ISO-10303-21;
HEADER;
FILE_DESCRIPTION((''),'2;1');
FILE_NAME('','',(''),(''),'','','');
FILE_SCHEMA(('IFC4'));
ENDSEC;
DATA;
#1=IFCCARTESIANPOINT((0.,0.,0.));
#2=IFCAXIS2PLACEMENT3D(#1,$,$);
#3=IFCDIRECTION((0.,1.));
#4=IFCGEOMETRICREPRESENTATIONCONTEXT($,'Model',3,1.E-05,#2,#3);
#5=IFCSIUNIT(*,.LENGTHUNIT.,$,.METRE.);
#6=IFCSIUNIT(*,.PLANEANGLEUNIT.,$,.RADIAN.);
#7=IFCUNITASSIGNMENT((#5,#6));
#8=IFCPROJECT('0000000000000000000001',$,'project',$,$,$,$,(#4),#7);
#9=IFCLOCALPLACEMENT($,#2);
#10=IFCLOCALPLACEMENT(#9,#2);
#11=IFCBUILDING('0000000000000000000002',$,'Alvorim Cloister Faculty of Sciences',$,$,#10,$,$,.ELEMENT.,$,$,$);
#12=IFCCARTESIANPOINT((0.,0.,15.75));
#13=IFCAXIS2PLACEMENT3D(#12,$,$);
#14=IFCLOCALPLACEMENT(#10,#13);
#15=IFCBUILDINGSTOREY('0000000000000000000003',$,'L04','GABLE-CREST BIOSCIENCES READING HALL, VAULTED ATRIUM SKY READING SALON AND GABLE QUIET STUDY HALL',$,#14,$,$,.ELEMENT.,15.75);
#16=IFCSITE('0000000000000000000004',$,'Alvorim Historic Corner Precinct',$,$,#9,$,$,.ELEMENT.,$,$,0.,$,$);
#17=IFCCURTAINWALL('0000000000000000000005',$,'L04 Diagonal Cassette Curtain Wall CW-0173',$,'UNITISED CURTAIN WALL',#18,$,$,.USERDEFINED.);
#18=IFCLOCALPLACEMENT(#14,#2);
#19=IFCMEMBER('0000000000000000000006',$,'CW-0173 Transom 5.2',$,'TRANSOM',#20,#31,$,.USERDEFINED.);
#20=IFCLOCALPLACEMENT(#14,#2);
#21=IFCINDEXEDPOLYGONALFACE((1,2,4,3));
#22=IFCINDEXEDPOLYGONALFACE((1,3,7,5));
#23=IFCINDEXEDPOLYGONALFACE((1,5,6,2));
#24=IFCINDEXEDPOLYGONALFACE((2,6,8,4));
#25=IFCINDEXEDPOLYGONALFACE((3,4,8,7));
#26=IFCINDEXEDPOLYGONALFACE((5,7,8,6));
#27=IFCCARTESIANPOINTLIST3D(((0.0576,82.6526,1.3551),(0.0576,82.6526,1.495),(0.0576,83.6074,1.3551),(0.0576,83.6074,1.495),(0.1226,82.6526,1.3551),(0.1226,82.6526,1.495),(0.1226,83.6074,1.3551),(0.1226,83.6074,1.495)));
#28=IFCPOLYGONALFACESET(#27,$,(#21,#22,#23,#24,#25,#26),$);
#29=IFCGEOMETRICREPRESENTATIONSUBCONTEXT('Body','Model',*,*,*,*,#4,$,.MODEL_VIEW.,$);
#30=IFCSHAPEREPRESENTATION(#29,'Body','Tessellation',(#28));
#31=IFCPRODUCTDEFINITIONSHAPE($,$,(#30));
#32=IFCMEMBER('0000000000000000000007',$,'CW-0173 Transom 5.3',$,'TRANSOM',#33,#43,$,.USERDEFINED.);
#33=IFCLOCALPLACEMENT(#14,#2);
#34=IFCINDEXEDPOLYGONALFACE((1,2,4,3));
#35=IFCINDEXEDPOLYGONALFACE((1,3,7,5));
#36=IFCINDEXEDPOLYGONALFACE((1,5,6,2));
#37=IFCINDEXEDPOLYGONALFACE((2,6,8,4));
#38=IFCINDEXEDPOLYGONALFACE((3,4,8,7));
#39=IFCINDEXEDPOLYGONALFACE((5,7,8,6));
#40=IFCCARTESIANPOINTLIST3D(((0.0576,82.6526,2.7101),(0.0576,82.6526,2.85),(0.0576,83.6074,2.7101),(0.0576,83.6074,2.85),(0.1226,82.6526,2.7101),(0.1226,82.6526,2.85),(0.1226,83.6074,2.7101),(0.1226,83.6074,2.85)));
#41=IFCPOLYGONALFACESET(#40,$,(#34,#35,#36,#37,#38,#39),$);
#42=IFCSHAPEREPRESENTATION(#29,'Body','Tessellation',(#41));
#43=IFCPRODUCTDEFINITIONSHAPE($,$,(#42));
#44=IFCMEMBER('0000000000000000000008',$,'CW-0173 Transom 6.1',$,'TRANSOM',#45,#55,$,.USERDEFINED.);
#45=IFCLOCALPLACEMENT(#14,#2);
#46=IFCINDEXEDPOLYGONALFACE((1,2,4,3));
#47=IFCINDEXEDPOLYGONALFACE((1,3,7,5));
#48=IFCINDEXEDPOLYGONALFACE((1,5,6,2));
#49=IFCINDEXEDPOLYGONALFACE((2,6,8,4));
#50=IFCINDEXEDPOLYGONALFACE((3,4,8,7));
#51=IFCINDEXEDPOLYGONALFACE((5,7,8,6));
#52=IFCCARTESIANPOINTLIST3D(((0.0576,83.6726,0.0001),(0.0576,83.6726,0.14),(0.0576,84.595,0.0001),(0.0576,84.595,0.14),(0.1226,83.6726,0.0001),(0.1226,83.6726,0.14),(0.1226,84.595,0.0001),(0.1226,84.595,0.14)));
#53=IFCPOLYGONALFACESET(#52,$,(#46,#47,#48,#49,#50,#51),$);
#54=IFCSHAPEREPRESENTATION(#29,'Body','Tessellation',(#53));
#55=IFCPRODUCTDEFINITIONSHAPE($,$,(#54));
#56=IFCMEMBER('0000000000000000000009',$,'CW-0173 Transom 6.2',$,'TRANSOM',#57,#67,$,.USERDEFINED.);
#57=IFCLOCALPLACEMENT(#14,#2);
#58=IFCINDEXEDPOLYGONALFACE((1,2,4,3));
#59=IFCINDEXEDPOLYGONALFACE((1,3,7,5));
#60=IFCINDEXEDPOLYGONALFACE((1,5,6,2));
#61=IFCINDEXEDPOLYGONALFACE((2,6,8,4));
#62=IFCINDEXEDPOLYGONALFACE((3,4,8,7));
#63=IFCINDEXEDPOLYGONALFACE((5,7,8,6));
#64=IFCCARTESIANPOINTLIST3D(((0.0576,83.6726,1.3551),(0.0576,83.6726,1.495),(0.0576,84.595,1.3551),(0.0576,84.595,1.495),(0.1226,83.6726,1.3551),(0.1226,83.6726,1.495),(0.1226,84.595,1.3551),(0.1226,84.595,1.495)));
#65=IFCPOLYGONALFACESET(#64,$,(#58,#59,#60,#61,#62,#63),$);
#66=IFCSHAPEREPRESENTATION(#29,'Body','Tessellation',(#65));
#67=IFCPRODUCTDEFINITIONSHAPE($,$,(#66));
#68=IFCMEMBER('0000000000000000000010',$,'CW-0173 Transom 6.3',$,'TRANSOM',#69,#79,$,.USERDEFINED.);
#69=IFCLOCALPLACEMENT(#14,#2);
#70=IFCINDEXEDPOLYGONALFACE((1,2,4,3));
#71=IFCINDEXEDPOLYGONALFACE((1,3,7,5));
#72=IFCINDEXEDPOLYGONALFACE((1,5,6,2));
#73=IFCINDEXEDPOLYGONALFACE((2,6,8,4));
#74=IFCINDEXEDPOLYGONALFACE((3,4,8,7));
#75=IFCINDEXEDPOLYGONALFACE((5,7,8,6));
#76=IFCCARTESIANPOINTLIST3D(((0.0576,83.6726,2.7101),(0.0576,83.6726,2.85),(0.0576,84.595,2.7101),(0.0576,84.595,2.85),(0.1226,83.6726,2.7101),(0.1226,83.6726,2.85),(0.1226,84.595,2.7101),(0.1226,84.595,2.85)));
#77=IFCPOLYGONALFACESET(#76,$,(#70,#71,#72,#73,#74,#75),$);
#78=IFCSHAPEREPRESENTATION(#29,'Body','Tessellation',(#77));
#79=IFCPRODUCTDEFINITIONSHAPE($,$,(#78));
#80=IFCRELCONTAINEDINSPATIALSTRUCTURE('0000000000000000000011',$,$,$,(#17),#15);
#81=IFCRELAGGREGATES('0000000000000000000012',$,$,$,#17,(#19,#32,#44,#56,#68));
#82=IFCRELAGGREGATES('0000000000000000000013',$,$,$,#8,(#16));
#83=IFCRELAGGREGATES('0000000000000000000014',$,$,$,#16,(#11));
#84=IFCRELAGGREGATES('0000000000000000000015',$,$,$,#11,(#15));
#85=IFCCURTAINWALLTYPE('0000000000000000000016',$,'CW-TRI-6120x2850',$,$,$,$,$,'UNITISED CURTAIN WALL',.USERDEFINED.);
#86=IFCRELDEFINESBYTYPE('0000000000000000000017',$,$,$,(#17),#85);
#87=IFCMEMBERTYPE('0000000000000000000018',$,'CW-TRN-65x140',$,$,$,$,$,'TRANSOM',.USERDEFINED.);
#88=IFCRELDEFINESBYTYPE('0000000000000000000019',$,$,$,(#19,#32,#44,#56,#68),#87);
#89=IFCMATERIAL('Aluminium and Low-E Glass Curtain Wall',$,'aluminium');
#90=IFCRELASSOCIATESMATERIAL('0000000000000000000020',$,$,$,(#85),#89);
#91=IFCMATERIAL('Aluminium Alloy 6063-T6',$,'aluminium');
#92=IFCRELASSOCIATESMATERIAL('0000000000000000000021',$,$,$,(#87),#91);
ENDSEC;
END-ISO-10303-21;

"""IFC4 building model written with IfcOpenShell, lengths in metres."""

from ifc_helpers import new_model, si_unit, direction, frame, origin, origin_2d, place, context, subcontext, project, spatial, rectangle, extrude, material, material_profile, profile_set, type_object, element, aggregate, save


model = new_model("IFC4")

# Units and contexts
model_context = context("Model", 3, precision=1e-05, world=origin(), true_north=direction((0.0, 1.0)))
body_context = subcontext(model_context, "Body", "Model", "MODEL_VIEW")
ifc_project = project(units=[si_unit("LENGTHUNIT", "METRE"), si_unit("PLANEANGLEUNIT", "RADIAN")], contexts=[model_context])

# Site, building, storey
site_placement = place(None, origin())
site = spatial("IfcSite", under=ifc_project, at=site_placement, Name="Alvorim Historic Corner Precinct", CompositionType="ELEMENT", RefElevation=0.0)
building_placement = place(site_placement, origin())
building = spatial("IfcBuilding", under=site, at=building_placement, Name="Alvorim Cloister Faculty of Sciences", CompositionType="ELEMENT")
storey_placement = place(building_placement, frame((0.0, 0.0, 15.75)))
storey = spatial("IfcBuildingStorey", under=building, at=storey_placement, Name="L04", Description="GABLE-CREST BIOSCIENCES READING HALL, VAULTED ATRIUM SKY READING SALON AND GABLE QUIET STUDY HALL", CompositionType="ELEMENT", Elevation=15.75)

# Curtain wall, members
ifc_material_1 = material(Name="Aluminium and Low-E Glass Curtain Wall", Category="aluminium")
curtain_wall_type = type_object("IfcCurtainWallType", Name="CW-TRI-6120x2850", ElementType="UNITISED CURTAIN WALL", PredefinedType="USERDEFINED", material=ifc_material_1)
curtain_wall_placement = place(storey_placement, origin())
curtain_wall = element("IfcCurtainWall", 1, at=curtain_wall_placement, inside=storey, type_object=curtain_wall_type, Name="L04 Diagonal Cassette Curtain Wall CW-0173", ObjectType="UNITISED CURTAIN WALL", PredefinedType="USERDEFINED")
ifc_material_2 = material(Name="Aluminium Alloy 6063-T6", Category="aluminium")
ifc_material_profile_1 = material_profile(ifc_material_2, rectangle(XDim=0.0649, YDim=0.1399, at=origin_2d()), Name="ALU-TRN-65x140")
ifc_profile_set_1 = profile_set([ifc_material_profile_1], Name="Aluminium Alloy 6063-T6")
member_type_1 = type_object("IfcMemberType", Name="CW-TRN-65x140", ElementType="TRANSOM", PredefinedType="USERDEFINED", material=ifc_profile_set_1)
member_1_placement = place(storey_placement, frame((0.0901, 82.6526, 1.425), z_axis=(0.0, 1.0, 0.0), x_axis=(-1.0, 0.0, 0.0)))
member_1 = element("IfcMember", 2, at=member_1_placement, type_object=member_type_1, Name="CW-0173 Transom 5.2", ObjectType="TRANSOM", PredefinedType="USERDEFINED", context=body_context, shape_type="SweptSolid", body=[
    extrude(rectangle(XDim=0.0649, YDim=0.1399, at=origin_2d()), origin(), (0.0, 0.0, 1.0), 0.9548),
])
member_2_placement = place(storey_placement, frame((0.0901, 82.6526, 2.78), z_axis=(0.0, 1.0, 0.0), x_axis=(-1.0, 0.0, 0.0)))
member_2 = element("IfcMember", 3, at=member_2_placement, type_object=member_type_1, Name="CW-0173 Transom 5.3", ObjectType="TRANSOM", PredefinedType="USERDEFINED", context=body_context, shape_type="SweptSolid", body=[
    extrude(rectangle(XDim=0.0649, YDim=0.1399, at=origin_2d()), origin(), (0.0, 0.0, 1.0), 0.9548),
])
member_3_placement = place(storey_placement, frame((0.0901, 83.6726, 0.0701), z_axis=(0.0, 1.0, 0.0), x_axis=(-1.0, 0.0, 0.0)))
member_3 = element("IfcMember", 4, at=member_3_placement, type_object=member_type_1, Name="CW-0173 Transom 6.1", ObjectType="TRANSOM", PredefinedType="USERDEFINED", context=body_context, shape_type="SweptSolid", body=[
    extrude(rectangle(XDim=0.0649, YDim=0.1399, at=origin_2d()), origin(), (0.0, 0.0, 1.0), 0.9224),
])
member_4_placement = place(storey_placement, frame((0.0901, 83.6726, 1.425), z_axis=(0.0, 1.0, 0.0), x_axis=(-1.0, 0.0, 0.0)))
member_4 = element("IfcMember", 5, at=member_4_placement, type_object=member_type_1, Name="CW-0173 Transom 6.2", ObjectType="TRANSOM", PredefinedType="USERDEFINED", context=body_context, shape_type="SweptSolid", body=[
    extrude(rectangle(XDim=0.0649, YDim=0.1399, at=origin_2d()), origin(), (0.0, 0.0, 1.0), 0.9224),
])
member_5_placement = place(storey_placement, frame((0.0901, 83.6726, 2.78), z_axis=(0.0, 1.0, 0.0), x_axis=(-1.0, 0.0, 0.0)))
member_5 = element("IfcMember", 6, at=member_5_placement, type_object=member_type_1, Name="CW-0173 Transom 6.3", ObjectType="TRANSOM", PredefinedType="USERDEFINED", context=body_context, shape_type="SweptSolid", body=[
    extrude(rectangle(XDim=0.0649, YDim=0.1399, at=origin_2d()), origin(), (0.0, 0.0, 1.0), 0.9224),
])
aggregate(curtain_wall, [member_1, member_2, member_3, member_4, member_5])

save(model, "model.ifc")
